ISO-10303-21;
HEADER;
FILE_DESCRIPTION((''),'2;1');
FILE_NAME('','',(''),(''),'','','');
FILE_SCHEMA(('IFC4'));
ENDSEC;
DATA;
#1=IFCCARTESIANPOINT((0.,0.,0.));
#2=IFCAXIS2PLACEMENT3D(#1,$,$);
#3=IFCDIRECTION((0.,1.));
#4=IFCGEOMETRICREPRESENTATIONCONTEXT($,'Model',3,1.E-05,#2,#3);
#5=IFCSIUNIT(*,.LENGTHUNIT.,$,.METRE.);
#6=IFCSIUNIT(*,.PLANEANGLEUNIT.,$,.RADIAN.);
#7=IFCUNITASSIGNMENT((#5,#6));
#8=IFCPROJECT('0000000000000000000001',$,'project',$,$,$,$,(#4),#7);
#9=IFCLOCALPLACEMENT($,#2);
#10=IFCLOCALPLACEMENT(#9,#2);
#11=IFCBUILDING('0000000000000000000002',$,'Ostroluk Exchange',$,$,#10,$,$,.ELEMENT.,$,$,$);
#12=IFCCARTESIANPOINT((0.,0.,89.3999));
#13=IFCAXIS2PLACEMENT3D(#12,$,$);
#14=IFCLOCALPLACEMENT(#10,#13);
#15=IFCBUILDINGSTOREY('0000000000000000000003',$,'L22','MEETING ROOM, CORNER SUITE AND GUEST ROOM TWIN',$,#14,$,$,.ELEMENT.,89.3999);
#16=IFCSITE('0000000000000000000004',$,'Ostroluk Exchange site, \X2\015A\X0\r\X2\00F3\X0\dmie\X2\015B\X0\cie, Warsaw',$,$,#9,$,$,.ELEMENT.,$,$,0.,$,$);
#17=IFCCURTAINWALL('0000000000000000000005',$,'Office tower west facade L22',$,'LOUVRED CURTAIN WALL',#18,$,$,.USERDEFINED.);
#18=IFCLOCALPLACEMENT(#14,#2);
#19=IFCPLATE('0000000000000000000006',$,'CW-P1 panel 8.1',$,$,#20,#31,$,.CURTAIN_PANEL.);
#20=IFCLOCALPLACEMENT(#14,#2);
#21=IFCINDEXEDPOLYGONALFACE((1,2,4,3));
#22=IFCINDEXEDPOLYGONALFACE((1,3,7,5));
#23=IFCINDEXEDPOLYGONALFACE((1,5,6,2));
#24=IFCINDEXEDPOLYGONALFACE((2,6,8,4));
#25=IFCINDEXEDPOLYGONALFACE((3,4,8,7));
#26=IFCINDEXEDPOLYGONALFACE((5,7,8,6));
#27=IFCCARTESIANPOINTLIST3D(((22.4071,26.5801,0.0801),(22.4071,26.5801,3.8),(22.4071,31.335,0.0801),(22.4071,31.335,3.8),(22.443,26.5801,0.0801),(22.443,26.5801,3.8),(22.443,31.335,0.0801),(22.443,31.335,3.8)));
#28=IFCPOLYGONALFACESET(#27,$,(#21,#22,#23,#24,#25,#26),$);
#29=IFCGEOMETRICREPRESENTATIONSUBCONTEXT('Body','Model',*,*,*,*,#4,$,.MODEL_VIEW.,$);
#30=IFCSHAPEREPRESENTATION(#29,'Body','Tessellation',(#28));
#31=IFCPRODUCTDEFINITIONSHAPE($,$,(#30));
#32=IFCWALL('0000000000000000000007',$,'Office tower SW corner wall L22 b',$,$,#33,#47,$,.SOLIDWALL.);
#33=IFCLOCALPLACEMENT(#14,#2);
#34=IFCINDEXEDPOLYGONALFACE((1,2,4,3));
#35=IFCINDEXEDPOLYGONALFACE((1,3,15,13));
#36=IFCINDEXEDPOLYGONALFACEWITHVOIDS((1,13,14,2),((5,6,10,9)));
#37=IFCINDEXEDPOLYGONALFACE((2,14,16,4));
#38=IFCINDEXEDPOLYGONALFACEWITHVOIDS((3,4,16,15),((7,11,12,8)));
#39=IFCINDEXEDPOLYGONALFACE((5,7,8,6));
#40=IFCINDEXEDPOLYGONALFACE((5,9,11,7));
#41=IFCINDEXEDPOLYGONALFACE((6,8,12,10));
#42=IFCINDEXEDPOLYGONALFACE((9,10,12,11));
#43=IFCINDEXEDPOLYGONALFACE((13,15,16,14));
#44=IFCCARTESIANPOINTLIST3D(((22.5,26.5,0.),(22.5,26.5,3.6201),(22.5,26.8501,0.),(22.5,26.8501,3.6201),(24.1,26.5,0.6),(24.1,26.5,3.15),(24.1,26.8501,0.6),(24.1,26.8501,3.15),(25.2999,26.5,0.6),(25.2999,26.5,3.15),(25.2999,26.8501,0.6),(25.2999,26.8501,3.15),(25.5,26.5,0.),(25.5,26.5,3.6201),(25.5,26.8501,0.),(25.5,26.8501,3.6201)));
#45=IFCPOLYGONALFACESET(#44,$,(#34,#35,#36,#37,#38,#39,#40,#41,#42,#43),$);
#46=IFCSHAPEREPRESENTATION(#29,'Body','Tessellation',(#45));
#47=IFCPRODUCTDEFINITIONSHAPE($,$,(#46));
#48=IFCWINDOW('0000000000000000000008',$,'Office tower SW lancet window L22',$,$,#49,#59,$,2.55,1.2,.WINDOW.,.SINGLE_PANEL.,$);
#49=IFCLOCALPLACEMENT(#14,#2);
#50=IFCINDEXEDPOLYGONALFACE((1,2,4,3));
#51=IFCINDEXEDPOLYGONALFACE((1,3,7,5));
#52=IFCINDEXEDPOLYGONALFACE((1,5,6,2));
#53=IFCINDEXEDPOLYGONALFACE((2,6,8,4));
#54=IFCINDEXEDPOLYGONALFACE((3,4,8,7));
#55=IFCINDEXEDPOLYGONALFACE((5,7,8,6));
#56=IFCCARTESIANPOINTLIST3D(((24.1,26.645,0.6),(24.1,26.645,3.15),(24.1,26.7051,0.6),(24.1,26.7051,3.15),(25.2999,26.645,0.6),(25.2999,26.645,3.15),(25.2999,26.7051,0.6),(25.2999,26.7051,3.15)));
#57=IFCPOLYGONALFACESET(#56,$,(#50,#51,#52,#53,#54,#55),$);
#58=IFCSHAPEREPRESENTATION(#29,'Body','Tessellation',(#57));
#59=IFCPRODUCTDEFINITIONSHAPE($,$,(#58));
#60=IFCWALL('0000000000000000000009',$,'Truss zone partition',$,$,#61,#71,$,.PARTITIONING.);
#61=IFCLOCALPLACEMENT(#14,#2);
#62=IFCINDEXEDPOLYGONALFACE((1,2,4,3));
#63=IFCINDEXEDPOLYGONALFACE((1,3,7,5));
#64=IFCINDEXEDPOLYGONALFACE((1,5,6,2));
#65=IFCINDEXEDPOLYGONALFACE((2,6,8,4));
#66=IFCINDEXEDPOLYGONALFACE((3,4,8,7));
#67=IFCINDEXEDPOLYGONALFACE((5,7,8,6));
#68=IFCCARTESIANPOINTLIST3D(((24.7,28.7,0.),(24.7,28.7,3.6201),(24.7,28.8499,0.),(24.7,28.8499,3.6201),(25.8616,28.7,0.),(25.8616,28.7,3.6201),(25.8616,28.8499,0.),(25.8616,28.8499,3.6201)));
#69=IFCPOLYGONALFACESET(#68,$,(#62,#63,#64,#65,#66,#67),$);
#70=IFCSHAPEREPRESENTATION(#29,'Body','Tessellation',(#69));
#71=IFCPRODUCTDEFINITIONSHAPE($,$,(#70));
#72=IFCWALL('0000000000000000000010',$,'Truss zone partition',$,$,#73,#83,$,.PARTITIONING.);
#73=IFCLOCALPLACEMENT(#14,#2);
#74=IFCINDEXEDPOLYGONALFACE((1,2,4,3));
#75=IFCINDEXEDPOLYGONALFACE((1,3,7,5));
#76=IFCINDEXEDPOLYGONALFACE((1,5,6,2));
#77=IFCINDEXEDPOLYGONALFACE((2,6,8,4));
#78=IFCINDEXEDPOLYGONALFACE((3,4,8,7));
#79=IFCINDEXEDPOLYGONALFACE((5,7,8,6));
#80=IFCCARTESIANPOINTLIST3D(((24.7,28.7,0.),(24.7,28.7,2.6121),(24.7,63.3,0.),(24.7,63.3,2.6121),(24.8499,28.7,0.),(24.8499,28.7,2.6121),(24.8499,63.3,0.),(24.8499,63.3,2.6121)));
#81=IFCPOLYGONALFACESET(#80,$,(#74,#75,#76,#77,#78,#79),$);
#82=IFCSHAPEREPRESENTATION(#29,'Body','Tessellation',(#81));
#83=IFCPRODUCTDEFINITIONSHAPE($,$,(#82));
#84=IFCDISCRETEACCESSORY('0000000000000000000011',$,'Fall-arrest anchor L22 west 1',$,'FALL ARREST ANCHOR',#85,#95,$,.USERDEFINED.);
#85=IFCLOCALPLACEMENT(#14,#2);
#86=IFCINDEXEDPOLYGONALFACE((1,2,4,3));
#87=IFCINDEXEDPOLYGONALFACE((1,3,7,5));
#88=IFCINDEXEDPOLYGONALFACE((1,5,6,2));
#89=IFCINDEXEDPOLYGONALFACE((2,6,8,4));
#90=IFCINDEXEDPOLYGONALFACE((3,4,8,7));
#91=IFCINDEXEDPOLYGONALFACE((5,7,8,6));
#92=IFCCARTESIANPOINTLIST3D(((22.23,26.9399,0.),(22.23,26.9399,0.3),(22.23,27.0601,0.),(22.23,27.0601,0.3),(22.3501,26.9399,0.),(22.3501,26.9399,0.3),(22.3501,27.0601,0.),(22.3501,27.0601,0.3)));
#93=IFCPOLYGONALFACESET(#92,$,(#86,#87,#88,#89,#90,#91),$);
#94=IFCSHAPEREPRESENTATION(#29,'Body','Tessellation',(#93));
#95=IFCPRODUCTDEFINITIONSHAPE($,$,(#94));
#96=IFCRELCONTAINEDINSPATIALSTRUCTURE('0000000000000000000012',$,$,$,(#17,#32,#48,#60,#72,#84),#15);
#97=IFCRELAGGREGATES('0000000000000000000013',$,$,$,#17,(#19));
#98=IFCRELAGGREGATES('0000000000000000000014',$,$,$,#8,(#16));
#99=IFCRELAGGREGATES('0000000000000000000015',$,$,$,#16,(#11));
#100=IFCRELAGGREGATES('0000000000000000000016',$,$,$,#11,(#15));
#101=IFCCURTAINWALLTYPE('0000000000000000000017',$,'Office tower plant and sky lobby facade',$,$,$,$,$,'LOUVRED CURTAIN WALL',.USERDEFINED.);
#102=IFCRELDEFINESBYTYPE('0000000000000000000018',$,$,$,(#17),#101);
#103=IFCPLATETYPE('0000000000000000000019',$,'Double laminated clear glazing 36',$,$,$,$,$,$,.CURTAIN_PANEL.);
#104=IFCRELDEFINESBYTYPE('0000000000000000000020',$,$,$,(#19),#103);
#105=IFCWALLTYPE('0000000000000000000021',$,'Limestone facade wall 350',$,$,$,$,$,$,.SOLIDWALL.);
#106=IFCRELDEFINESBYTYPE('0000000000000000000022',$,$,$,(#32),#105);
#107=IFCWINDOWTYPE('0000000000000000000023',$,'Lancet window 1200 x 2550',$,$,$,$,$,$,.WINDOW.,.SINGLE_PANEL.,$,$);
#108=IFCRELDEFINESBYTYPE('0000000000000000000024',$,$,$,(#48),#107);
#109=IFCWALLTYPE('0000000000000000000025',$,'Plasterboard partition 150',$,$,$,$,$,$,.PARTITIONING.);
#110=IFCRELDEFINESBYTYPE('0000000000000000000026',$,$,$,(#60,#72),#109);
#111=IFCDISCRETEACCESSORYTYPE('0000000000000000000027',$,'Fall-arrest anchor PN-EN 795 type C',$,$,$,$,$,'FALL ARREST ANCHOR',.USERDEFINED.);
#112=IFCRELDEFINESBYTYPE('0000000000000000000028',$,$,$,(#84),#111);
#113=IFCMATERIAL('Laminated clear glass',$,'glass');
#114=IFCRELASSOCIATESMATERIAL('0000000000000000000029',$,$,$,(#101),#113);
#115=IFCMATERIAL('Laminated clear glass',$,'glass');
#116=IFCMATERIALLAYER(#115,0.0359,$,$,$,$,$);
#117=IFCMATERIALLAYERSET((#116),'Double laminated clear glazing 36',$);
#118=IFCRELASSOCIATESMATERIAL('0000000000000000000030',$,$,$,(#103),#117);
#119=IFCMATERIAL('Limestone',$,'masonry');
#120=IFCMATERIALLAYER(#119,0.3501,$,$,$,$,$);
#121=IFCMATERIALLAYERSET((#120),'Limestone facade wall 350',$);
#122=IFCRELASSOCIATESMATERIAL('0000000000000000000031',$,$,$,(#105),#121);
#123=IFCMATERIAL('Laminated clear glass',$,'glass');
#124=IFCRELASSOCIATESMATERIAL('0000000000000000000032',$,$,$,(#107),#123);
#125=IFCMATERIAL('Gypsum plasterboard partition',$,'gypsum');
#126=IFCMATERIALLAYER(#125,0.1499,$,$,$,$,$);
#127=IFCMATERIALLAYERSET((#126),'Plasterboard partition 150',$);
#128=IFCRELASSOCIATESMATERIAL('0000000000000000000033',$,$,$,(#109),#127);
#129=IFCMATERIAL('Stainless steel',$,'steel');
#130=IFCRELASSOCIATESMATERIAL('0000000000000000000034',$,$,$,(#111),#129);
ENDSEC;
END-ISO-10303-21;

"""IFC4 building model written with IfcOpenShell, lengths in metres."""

from ifc_helpers import new_model, si_unit, direction, frame, frame_2d, origin, origin_2d, place, context, subcontext, project, spatial, rectangle, extrude, material, layer, layer_set, type_object, element, fill, aggregate, save


model = new_model("IFC4")

# Units and contexts
model_context = context("Model", 3, precision=1e-05, world=origin(), true_north=direction((0.0, 1.0)))
body_context = subcontext(model_context, "Body", "Model", "MODEL_VIEW")
ifc_project = project(units=[si_unit("LENGTHUNIT", "METRE"), si_unit("PLANEANGLEUNIT", "RADIAN")], contexts=[model_context])

# Site, building, storey
site_placement = place(None, origin())
site = spatial("IfcSite", under=ifc_project, at=site_placement, Name="Ostroluk Exchange site, Śródmieście, Warsaw", CompositionType="ELEMENT", RefElevation=0.0)
building_placement = place(site_placement, origin())
building = spatial("IfcBuilding", under=site, at=building_placement, Name="Ostroluk Exchange", CompositionType="ELEMENT")
storey_placement = place(building_placement, frame((0.0, 0.0, 89.3999)))
storey = spatial("IfcBuildingStorey", under=building, at=storey_placement, Name="L22", Description="MEETING ROOM, CORNER SUITE AND GUEST ROOM TWIN", CompositionType="ELEMENT", Elevation=89.3999)

# Curtain wall, plate
ifc_material_1 = material(Name="Laminated clear glass", Category="glass")
curtain_wall_type = type_object("IfcCurtainWallType", Name="Office tower plant and sky lobby facade", ElementType="LOUVRED CURTAIN WALL", PredefinedType="USERDEFINED", material=ifc_material_1)
curtain_wall_placement = place(storey_placement, origin())
curtain_wall = element("IfcCurtainWall", 1, at=curtain_wall_placement, inside=storey, type_object=curtain_wall_type, Name="Office tower west facade L22", ObjectType="LOUVRED CURTAIN WALL", PredefinedType="USERDEFINED")
ifc_material_2 = material(Name="Laminated clear glass", Category="glass")
ifc_layer_1 = layer(ifc_material_2, 0.0359)
ifc_layer_set_1 = layer_set([ifc_layer_1], Name="Double laminated clear glazing 36")
plate_type = type_object("IfcPlateType", Name="Double laminated clear glazing 36", PredefinedType="CURTAIN_PANEL", material=ifc_layer_set_1)
plate_placement = place(storey_placement, frame((22.425, 28.9575, 0.0801), z_axis=(0.0, 0.0, 1.0), x_axis=(0.0, -1.0, 0.0)))
plate = element("IfcPlate", 2, at=plate_placement, type_object=plate_type, Name="CW-P1 panel 8.1", PredefinedType="CURTAIN_PANEL", context=body_context, shape_type="SweptSolid", body=[
    extrude(rectangle(XDim=4.7549, YDim=0.0359, at=origin_2d()), origin(), (0.0, 0.0, 1.0), 3.72),
])
aggregate(curtain_wall, [plate])

# Wall, opening, window
ifc_material_3 = material(Name="Limestone", Category="masonry")
ifc_layer_2 = layer(ifc_material_3, 0.3501)
ifc_layer_set_2 = layer_set([ifc_layer_2], Name="Limestone facade wall 350")
wall_type_1 = type_object("IfcWallType", Name="Limestone facade wall 350", PredefinedType="SOLIDWALL", material=ifc_layer_set_2)
wall_1_placement = place(storey_placement, frame((25.5, 26.675, 0.0), z_axis=(0.0, 0.0, 1.0), x_axis=(-1.0, 0.0, 0.0)))
wall_1 = element("IfcWall", 3, at=wall_1_placement, inside=storey, type_object=wall_type_1, Name="Office tower SW corner wall L22 b", PredefinedType="SOLIDWALL", context=body_context, shape_type="SweptSolid", body=[
    extrude(rectangle(XDim=3.0, YDim=0.3501, at=frame_2d((1.5, 0.0))), origin(), (0.0, 0.0, 1.0), 3.6201),
])
opening_placement = place(wall_1_placement, frame((0.2, 0.0, 0.6001)))
opening = element("IfcOpeningElement", 4, at=opening_placement, cuts=wall_1, PredefinedType="OPENING", context=body_context, shape_type="SweptSolid", body=[
    extrude(rectangle(XDim=1.2, YDim=2.55, at=frame_2d((0.6001, 1.2749))), frame((0.0, 0.1851, 0.0), z_axis=(0.0, -1.0, 0.0), x_axis=(1.0, 0.0, 0.0)), (0.0, 0.0, 1.0), 0.3701),
])
ifc_material_4 = material(Name="Laminated clear glass", Category="glass")
window_type = type_object("IfcWindowType", Name="Lancet window 1200 x 2550", PartitioningType="SINGLE_PANEL", PredefinedType="WINDOW", material=ifc_material_4)
window_placement = place(opening_placement, origin())
window = element("IfcWindow", 5, at=window_placement, inside=storey, type_object=window_type, Name="Office tower SW lancet window L22", OverallHeight=2.55, OverallWidth=1.2, PartitioningType="SINGLE_PANEL", PredefinedType="WINDOW", context=body_context, shape_type="SweptSolid", body=[
    extrude(rectangle(XDim=1.2, YDim=2.55, at=frame_2d((0.6001, 1.2749))), frame((0.0, 0.03, 0.0), z_axis=(0.0, -1.0, 0.0), x_axis=(1.0, 0.0, 0.0)), (0.0, 0.0, 1.0), 0.0601),
])
fill(opening, window)

# Walls
ifc_material_5 = material(Name="Gypsum plasterboard partition", Category="gypsum")
ifc_layer_3 = layer(ifc_material_5, 0.1499)
ifc_layer_set_3 = layer_set([ifc_layer_3], Name="Plasterboard partition 150")
wall_type_2 = type_object("IfcWallType", Name="Plasterboard partition 150", PredefinedType="PARTITIONING", material=ifc_layer_set_3)
wall_2_placement = place(storey_placement, frame((25.8616, 28.7749, 0.0), z_axis=(0.0, 0.0, 1.0), x_axis=(-1.0, 0.0, 0.0)))
element("IfcWall", 6, at=wall_2_placement, inside=storey, type_object=wall_type_2, Name="Truss zone partition", PredefinedType="PARTITIONING", context=body_context, shape_type="SweptSolid", body=[
    extrude(rectangle(XDim=1.1616, YDim=0.1499, at=frame_2d((0.5808, 0.0))), origin(), (0.0, 0.0, 1.0), 3.6201),
])
wall_3_placement = place(storey_placement, frame((24.7749, 28.7, 0.0), z_axis=(0.0, 0.0, 1.0), x_axis=(0.0, 1.0, 0.0)))
element("IfcWall", 7, at=wall_3_placement, inside=storey, type_object=wall_type_2, Name="Truss zone partition", PredefinedType="PARTITIONING", context=body_context, shape_type="SweptSolid", body=[
    extrude(rectangle(XDim=34.6001, YDim=0.1499, at=frame_2d((17.3, 0.0))), origin(), (0.0, 0.0, 1.0), 2.6121),
])

# Discrete accessory
ifc_material_6 = material(Name="Stainless steel", Category="steel")
discrete_accessory_type = type_object("IfcDiscreteAccessoryType", Name="Fall-arrest anchor PN-EN 795 type C", ElementType="FALL ARREST ANCHOR", PredefinedType="USERDEFINED", material=ifc_material_6)
discrete_accessory_placement = place(storey_placement, frame((22.29, 27.0, 0.0), z_axis=(0.0, 0.0, 1.0), x_axis=(1.0, 0.0, 0.0)))
element("IfcDiscreteAccessory", 8, at=discrete_accessory_placement, inside=storey, type_object=discrete_accessory_type, Name="Fall-arrest anchor L22 west 1", ObjectType="FALL ARREST ANCHOR", PredefinedType="USERDEFINED", context=body_context, shape_type="SweptSolid", body=[
    extrude(rectangle(XDim=0.1201, YDim=0.1201, at=origin_2d()), origin(), (0.0, 0.0, 1.0), 0.3),
])

save(model, "model.ifc")
